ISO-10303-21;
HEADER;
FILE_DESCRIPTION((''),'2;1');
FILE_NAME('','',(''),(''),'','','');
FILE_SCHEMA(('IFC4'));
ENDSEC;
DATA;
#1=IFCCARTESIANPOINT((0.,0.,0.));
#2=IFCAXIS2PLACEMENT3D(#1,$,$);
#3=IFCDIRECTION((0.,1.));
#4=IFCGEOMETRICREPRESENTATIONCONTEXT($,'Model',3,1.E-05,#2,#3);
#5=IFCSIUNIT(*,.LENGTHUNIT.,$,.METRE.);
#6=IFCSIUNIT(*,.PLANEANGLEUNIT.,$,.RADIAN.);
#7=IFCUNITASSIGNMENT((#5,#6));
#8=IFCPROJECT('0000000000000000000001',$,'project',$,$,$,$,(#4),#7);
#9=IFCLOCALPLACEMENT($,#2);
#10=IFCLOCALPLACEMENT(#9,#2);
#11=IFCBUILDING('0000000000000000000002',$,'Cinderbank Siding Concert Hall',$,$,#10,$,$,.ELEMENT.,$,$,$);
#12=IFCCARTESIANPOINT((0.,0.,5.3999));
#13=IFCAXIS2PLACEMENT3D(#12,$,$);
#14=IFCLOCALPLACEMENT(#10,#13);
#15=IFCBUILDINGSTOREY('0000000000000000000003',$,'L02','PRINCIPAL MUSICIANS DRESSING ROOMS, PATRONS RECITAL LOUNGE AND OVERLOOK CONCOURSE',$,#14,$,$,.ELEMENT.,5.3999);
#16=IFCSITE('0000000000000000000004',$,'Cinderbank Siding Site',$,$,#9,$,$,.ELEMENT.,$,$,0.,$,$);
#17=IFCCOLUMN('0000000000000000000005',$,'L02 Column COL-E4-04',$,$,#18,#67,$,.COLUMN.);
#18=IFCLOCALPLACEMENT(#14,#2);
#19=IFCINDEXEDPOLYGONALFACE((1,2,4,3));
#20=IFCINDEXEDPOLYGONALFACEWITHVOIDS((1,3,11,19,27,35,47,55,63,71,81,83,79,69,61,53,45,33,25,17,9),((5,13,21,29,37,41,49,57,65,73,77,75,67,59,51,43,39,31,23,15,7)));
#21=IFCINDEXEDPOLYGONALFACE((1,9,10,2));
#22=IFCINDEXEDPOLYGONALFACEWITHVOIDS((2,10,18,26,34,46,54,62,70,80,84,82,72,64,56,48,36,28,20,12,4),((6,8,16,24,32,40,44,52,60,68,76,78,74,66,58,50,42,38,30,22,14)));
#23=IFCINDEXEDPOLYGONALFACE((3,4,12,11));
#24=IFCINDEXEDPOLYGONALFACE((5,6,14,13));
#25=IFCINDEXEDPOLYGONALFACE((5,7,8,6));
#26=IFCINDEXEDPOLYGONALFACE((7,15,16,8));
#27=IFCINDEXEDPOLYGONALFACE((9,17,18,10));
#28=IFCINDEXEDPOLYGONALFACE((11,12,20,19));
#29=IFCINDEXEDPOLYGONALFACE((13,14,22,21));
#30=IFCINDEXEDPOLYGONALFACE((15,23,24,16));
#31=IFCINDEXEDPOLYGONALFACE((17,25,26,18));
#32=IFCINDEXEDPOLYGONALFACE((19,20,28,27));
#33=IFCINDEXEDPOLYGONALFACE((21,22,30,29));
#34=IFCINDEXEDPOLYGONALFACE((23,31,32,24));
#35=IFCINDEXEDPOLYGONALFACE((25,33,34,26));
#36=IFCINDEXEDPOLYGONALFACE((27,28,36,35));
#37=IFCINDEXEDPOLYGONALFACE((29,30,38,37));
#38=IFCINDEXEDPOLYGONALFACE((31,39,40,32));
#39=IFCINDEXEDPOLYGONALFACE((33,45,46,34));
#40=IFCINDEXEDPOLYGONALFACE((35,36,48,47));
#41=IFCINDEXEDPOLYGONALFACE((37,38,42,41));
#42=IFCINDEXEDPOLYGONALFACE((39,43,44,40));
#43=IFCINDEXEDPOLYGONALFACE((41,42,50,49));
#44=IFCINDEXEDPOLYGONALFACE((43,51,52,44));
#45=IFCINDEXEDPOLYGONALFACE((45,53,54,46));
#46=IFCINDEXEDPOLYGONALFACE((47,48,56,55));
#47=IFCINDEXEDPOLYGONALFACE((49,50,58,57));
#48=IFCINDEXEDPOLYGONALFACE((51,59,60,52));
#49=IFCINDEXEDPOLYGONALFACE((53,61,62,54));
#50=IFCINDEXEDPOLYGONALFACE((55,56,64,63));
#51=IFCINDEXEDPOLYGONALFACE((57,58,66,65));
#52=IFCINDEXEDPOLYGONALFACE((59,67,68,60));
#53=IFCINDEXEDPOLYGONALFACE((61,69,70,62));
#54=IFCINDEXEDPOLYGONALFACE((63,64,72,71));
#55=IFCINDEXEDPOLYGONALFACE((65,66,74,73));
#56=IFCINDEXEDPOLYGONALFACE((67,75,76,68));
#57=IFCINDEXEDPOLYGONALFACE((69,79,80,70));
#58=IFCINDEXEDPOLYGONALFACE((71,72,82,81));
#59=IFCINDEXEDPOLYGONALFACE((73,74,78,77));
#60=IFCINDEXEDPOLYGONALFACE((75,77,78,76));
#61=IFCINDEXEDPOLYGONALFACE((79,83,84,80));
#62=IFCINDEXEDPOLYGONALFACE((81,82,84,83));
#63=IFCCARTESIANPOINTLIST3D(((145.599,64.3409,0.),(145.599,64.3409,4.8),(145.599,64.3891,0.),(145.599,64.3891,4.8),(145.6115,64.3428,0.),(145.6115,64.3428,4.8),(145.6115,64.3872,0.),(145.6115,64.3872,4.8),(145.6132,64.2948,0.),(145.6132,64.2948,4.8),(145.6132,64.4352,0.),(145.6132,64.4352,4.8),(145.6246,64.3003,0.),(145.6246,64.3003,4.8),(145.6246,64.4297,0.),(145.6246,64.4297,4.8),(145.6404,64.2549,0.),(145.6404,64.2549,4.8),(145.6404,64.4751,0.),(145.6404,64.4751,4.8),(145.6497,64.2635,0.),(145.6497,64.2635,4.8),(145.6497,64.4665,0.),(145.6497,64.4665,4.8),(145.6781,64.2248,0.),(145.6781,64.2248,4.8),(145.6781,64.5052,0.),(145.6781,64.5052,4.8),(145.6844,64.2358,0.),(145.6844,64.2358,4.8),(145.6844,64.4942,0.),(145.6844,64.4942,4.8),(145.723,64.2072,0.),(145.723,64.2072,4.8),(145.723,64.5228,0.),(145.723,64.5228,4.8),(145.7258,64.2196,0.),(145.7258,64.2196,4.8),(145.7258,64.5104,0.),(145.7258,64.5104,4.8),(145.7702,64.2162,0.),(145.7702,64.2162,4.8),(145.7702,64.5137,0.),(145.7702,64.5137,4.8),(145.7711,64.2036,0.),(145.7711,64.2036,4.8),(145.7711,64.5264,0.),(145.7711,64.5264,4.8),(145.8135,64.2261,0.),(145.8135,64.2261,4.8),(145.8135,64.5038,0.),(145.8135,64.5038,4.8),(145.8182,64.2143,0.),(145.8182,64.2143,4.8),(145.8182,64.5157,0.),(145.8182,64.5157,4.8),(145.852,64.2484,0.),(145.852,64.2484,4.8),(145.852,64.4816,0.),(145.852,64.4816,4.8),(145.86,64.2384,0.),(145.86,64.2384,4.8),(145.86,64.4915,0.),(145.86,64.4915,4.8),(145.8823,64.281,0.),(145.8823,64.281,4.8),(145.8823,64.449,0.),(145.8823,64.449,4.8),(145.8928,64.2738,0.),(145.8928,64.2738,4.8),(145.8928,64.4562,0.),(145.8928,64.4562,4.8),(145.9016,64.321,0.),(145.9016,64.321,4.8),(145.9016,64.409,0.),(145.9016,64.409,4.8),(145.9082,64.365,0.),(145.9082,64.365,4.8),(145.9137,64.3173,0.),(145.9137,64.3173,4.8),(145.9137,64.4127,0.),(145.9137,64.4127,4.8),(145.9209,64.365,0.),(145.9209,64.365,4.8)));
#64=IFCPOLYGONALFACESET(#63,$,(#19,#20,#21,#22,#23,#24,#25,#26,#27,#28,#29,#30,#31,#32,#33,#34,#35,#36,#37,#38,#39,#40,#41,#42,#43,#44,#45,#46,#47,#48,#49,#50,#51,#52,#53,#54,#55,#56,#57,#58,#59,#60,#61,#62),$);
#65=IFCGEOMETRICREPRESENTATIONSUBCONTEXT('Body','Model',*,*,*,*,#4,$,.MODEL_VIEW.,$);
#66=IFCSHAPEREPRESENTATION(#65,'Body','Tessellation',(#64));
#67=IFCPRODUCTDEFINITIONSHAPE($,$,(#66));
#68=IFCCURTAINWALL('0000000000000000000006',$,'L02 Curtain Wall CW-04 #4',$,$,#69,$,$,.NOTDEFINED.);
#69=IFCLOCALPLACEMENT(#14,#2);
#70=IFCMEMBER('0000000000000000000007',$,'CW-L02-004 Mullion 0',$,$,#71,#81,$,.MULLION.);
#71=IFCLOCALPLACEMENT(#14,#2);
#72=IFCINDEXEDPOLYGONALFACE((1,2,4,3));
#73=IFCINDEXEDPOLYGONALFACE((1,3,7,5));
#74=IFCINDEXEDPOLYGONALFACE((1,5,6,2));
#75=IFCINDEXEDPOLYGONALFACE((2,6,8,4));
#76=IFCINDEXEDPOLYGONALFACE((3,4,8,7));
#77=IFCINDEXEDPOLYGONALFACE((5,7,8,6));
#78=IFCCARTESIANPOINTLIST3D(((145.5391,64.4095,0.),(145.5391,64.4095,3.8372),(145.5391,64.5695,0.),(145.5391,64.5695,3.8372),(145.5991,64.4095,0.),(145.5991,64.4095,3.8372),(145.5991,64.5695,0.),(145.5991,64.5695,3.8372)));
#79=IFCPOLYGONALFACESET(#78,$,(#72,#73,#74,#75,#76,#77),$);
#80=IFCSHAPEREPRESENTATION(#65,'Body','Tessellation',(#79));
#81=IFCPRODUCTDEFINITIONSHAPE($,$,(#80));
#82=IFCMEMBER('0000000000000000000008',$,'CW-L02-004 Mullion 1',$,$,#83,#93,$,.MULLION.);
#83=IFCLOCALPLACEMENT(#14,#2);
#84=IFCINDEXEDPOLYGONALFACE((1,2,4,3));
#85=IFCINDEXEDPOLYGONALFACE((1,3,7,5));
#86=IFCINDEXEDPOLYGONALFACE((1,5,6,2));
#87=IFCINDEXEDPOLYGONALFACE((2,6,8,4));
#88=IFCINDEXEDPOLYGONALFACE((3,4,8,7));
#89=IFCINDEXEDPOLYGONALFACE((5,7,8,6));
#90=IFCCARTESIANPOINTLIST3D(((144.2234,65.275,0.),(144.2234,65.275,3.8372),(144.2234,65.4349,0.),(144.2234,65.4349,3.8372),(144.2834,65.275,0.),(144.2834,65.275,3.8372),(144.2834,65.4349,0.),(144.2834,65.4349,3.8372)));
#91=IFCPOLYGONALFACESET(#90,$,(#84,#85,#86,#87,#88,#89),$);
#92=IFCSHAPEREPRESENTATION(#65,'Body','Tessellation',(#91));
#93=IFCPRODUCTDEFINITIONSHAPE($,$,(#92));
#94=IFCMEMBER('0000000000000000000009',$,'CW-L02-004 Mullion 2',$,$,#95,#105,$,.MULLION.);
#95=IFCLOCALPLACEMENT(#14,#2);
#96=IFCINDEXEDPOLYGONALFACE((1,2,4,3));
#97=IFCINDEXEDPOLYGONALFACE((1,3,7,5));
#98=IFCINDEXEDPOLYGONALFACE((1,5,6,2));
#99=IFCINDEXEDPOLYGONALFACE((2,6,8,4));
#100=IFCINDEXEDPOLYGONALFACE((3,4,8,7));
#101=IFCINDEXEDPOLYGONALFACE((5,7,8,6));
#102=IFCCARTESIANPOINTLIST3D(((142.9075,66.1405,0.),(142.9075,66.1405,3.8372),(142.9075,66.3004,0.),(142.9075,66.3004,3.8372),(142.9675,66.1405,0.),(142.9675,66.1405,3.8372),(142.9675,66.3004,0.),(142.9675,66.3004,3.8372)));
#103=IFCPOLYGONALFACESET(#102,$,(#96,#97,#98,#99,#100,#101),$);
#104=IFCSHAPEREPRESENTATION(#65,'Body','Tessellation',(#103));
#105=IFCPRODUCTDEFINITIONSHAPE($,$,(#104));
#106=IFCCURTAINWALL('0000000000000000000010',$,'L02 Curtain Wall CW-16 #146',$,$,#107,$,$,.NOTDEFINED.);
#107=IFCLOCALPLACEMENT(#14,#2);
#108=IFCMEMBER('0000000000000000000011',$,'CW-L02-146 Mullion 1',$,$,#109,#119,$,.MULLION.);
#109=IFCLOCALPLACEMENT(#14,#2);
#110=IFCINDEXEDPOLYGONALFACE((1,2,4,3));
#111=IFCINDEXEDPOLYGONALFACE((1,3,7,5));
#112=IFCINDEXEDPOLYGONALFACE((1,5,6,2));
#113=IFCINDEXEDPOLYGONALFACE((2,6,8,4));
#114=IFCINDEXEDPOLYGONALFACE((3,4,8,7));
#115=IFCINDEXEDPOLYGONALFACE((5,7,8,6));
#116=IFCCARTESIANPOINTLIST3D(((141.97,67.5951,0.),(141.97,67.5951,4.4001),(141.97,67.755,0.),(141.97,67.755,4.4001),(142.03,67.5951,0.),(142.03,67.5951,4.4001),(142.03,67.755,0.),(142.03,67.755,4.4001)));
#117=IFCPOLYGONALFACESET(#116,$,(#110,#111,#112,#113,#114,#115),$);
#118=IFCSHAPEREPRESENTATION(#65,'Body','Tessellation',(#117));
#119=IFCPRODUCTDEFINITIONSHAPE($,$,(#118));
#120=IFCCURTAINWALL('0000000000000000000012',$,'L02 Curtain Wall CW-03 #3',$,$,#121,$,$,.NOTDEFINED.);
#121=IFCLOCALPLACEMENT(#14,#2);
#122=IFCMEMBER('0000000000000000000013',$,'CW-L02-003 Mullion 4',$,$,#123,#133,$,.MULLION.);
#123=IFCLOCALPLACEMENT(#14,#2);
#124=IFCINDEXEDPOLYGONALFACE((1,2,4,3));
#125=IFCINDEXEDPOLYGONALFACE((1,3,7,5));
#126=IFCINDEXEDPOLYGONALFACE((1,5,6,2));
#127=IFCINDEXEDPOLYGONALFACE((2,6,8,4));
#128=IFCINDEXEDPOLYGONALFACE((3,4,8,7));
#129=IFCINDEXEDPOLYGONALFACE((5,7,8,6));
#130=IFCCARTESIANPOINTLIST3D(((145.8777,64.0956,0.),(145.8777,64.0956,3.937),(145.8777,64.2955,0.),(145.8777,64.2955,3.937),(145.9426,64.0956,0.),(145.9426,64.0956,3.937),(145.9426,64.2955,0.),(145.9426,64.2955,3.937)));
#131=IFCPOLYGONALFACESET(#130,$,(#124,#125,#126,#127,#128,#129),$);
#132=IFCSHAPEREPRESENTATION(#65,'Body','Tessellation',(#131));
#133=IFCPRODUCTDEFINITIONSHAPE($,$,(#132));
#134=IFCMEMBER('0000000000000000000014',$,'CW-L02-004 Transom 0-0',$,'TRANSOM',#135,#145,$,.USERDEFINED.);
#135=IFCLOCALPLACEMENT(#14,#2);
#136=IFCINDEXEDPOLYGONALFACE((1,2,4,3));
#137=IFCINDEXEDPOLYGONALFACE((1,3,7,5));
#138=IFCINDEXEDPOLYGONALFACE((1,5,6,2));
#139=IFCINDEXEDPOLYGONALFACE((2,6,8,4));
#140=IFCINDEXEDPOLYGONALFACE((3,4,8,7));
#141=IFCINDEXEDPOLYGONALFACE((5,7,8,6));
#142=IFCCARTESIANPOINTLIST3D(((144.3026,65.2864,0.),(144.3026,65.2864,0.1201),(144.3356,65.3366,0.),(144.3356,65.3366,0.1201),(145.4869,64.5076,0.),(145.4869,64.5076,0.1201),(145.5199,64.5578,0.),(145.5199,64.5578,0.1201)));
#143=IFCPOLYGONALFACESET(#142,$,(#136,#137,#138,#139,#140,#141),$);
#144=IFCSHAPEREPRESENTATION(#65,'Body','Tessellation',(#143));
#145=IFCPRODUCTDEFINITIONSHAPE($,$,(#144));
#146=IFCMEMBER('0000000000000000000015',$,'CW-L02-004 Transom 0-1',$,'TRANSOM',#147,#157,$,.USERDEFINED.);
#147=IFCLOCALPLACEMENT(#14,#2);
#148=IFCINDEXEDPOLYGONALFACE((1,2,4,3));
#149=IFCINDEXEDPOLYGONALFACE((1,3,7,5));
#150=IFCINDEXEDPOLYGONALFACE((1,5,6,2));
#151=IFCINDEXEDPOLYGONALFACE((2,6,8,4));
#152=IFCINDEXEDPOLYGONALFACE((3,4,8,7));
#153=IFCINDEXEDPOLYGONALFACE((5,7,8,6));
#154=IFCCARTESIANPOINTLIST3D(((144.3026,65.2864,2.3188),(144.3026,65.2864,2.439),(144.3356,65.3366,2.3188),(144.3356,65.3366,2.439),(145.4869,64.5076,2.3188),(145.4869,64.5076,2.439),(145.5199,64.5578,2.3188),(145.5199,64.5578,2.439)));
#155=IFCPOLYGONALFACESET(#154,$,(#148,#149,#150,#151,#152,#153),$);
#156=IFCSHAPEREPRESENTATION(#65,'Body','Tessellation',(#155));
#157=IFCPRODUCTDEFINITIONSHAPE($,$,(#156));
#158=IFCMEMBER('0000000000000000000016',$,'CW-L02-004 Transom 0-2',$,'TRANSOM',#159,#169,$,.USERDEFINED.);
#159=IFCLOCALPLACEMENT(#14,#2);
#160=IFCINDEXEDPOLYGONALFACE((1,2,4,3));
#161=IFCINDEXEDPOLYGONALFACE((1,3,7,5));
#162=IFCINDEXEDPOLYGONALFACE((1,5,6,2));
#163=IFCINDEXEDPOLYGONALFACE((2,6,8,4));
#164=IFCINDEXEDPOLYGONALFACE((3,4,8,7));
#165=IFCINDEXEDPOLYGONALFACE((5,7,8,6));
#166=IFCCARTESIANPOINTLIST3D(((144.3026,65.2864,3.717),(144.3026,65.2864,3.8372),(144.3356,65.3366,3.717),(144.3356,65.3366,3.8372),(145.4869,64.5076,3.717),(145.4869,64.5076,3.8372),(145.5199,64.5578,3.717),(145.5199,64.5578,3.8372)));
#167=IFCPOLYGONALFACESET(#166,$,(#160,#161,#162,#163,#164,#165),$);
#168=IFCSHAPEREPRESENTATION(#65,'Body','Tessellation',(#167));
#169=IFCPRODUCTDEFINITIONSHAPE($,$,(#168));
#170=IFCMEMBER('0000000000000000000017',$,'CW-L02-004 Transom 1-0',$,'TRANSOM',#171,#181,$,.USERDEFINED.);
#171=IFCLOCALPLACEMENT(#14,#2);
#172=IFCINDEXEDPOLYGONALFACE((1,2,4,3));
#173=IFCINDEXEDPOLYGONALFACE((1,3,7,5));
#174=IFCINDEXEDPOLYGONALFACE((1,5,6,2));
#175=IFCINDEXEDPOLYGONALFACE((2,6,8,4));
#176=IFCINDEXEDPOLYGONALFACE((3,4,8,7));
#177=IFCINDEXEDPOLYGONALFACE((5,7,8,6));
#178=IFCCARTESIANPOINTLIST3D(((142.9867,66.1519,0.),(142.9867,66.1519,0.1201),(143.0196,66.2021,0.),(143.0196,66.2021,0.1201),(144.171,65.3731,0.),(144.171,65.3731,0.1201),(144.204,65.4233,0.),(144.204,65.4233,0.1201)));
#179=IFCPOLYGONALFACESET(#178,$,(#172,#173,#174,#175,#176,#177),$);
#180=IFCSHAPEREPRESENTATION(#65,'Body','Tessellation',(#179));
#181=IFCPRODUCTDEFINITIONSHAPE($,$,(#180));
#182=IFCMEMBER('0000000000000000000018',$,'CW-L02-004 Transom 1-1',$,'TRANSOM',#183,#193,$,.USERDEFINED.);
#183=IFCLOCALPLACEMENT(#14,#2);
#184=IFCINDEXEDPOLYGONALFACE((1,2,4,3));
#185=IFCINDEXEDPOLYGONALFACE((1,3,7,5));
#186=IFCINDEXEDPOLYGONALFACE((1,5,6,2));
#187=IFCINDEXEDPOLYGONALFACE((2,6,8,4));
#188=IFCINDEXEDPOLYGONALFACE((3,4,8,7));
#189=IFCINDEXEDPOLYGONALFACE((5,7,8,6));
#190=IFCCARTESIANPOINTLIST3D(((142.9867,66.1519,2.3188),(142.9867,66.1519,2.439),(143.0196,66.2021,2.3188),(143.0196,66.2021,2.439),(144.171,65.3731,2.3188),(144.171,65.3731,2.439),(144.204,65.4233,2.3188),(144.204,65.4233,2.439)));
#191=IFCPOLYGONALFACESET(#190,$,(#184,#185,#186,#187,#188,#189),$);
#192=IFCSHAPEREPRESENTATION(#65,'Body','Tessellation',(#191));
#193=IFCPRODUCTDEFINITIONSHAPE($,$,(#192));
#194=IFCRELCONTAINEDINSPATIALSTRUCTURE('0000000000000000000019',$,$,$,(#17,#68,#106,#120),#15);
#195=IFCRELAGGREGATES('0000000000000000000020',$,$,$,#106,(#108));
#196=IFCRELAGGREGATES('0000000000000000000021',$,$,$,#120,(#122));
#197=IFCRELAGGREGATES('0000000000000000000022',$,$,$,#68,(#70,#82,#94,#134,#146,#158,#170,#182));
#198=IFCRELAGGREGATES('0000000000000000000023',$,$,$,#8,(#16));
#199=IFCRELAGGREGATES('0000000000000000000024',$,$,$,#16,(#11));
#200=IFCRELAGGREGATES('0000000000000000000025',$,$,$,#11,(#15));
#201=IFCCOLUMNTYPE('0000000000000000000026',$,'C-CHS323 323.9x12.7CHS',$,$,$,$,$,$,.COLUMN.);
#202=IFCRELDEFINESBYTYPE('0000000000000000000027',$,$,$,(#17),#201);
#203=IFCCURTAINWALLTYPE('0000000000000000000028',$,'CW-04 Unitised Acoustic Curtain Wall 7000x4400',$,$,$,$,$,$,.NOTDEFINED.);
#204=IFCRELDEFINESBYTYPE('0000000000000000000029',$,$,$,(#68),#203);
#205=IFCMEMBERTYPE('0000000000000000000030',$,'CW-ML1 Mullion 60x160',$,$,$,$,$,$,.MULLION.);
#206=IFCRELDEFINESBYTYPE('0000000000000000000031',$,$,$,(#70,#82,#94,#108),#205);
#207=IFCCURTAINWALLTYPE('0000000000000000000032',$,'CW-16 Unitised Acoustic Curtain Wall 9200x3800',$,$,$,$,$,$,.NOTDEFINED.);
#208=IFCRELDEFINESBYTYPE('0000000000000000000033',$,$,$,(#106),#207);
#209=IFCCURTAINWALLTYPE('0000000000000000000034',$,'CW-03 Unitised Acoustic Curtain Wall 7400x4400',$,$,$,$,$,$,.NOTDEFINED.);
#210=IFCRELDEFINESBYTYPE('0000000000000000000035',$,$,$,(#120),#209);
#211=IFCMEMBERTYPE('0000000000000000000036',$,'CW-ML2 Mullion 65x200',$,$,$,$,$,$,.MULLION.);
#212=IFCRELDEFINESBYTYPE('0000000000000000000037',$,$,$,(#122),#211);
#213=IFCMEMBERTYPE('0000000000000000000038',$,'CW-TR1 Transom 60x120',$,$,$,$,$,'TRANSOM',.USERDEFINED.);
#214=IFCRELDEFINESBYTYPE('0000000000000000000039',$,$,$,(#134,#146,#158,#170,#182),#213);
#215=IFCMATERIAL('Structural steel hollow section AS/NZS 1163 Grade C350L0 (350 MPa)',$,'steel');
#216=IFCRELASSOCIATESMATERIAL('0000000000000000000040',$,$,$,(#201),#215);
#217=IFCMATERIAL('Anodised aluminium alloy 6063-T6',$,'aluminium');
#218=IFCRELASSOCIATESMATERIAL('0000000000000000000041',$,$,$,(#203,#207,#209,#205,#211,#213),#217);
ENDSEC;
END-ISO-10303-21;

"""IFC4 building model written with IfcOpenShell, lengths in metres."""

from ifc_helpers import new_model, si_unit, direction, frame, origin, origin_2d, place, context, subcontext, project, spatial, rectangle, hollow_circle, extrude, material, material_profile, profile_set, type_object, element, aggregate, save


model = new_model("IFC4")

# Units and contexts
model_context = context("Model", 3, precision=1e-05, world=origin(), true_north=direction((0.0, 1.0)))
body_context = subcontext(model_context, "Body", "Model", "MODEL_VIEW")
ifc_project = project(units=[si_unit("LENGTHUNIT", "METRE"), si_unit("PLANEANGLEUNIT", "RADIAN")], contexts=[model_context])

# Site, building, storey
site_placement = place(None, origin())
site = spatial("IfcSite", under=ifc_project, at=site_placement, Name="Cinderbank Siding Site", CompositionType="ELEMENT", RefElevation=0.0)
building_placement = place(site_placement, origin())
building = spatial("IfcBuilding", under=site, at=building_placement, Name="Cinderbank Siding Concert Hall", CompositionType="ELEMENT")
storey_placement = place(building_placement, frame((0.0, 0.0, 5.3999)))
storey = spatial("IfcBuildingStorey", under=building, at=storey_placement, Name="L02", Description="PRINCIPAL MUSICIANS DRESSING ROOMS, PATRONS RECITAL LOUNGE AND OVERLOOK CONCOURSE", CompositionType="ELEMENT", Elevation=5.3999)

# Column
ifc_material_1 = material(Name="Structural steel hollow section AS/NZS 1163 Grade C350L0 (350 MPa)", Category="steel")
ifc_material_profile_1 = material_profile(ifc_material_1, hollow_circle(Radius=0.1619, WallThickness=0.0127, at=origin_2d()), Name="323.9x12.7CHS", Category="LoadBearing")
ifc_profile_set_1 = profile_set([ifc_material_profile_1], Name="Structural steel hollow section AS/NZS 1163 Grade C350L0 (350 MPa)")
column_type = type_object("IfcColumnType", Name="C-CHS323 323.9x12.7CHS", PredefinedType="COLUMN", material=ifc_profile_set_1)
column_placement = place(storey_placement, frame((145.759, 64.365, 0.0), z_axis=(0.0, 0.0, 1.0), x_axis=(1.0, 0.0, 0.0)))
element("IfcColumn", 1, at=column_placement, inside=storey, type_object=column_type, Name="L02 Column COL-E4-04", PredefinedType="COLUMN", context=body_context, shape_type="SweptSolid", body=[
    extrude(hollow_circle(Radius=0.1619, WallThickness=0.0127, at=origin_2d()), origin(), (0.0, 0.0, 1.0), 4.8),
])

# Curtain wall, members
ifc_material_2 = material(Name="Anodised aluminium alloy 6063-T6", Category="aluminium")
curtain_wall_type_1 = type_object("IfcCurtainWallType", Name="CW-04 Unitised Acoustic Curtain Wall 7000x4400", PredefinedType="NOTDEFINED", material=ifc_material_2)
curtain_wall_1_placement = place(storey_placement, origin())
curtain_wall_1 = element("IfcCurtainWall", 2, at=curtain_wall_1_placement, inside=storey, type_object=curtain_wall_type_1, Name="L02 Curtain Wall CW-04 #4", PredefinedType="NOTDEFINED")
ifc_material_profile_2 = material_profile(ifc_material_2, rectangle(XDim=0.0601, YDim=0.1599, at=origin_2d()), Name="ALU-MULL-60x160", Category="LoadBearing")
ifc_profile_set_2 = profile_set([ifc_material_profile_2], Name="Anodised aluminium alloy 6063-T6")
member_type_1 = type_object("IfcMemberType", Name="CW-ML1 Mullion 60x160", PredefinedType="MULLION", material=ifc_profile_set_2)
member_1_placement = place(storey_placement, frame((145.5691, 64.4895, 0.0), z_axis=(0.0, 0.0, 1.0), x_axis=(1.0, 0.0, 0.0)))
member_1 = element("IfcMember", 3, at=member_1_placement, type_object=member_type_1, Name="CW-L02-004 Mullion 0", PredefinedType="MULLION", context=body_context, shape_type="SweptSolid", body=[
    extrude(rectangle(XDim=0.0601, YDim=0.1599, at=origin_2d()), origin(), (0.0, 0.0, 1.0), 3.8372),
])
member_2_placement = place(storey_placement, frame((144.2534, 65.355, 0.0), z_axis=(0.0, 0.0, 1.0), x_axis=(1.0, 0.0, 0.0)))
member_2 = element("IfcMember", 4, at=member_2_placement, type_object=member_type_1, Name="CW-L02-004 Mullion 1", PredefinedType="MULLION", context=body_context, shape_type="SweptSolid", body=[
    extrude(rectangle(XDim=0.0601, YDim=0.1599, at=origin_2d()), origin(), (0.0, 0.0, 1.0), 3.8372),
])
member_3_placement = place(storey_placement, frame((142.9375, 66.2205, 0.0), z_axis=(0.0, 0.0, 1.0), x_axis=(1.0, 0.0, 0.0)))
member_3 = element("IfcMember", 5, at=member_3_placement, type_object=member_type_1, Name="CW-L02-004 Mullion 2", PredefinedType="MULLION", context=body_context, shape_type="SweptSolid", body=[
    extrude(rectangle(XDim=0.0601, YDim=0.1599, at=origin_2d()), origin(), (0.0, 0.0, 1.0), 3.8372),
])

# Curtain walls, members
curtain_wall_type_2 = type_object("IfcCurtainWallType", Name="CW-16 Unitised Acoustic Curtain Wall 9200x3800", PredefinedType="NOTDEFINED", material=ifc_material_2)
curtain_wall_2_placement = place(storey_placement, origin())
curtain_wall_2 = element("IfcCurtainWall", 6, at=curtain_wall_2_placement, inside=storey, type_object=curtain_wall_type_2, Name="L02 Curtain Wall CW-16 #146", PredefinedType="NOTDEFINED")
member_4_placement = place(storey_placement, frame((142.0, 67.675, 0.0), z_axis=(0.0, 0.0, 1.0), x_axis=(1.0, 0.0, 0.0)))
member_4 = element("IfcMember", 7, at=member_4_placement, type_object=member_type_1, Name="CW-L02-146 Mullion 1", PredefinedType="MULLION", context=body_context, shape_type="SweptSolid", body=[
    extrude(rectangle(XDim=0.0601, YDim=0.1599, at=origin_2d()), origin(), (0.0, 0.0, 1.0), 4.4001),
])
curtain_wall_type_3 = type_object("IfcCurtainWallType", Name="CW-03 Unitised Acoustic Curtain Wall 7400x4400", PredefinedType="NOTDEFINED", material=ifc_material_2)
curtain_wall_3_placement = place(storey_placement, origin())
curtain_wall_3 = element("IfcCurtainWall", 8, at=curtain_wall_3_placement, inside=storey, type_object=curtain_wall_type_3, Name="L02 Curtain Wall CW-03 #3", PredefinedType="NOTDEFINED")
ifc_material_profile_3 = material_profile(ifc_material_2, rectangle(XDim=0.0649, YDim=0.2, at=origin_2d()), Name="ALU-MULL-65x200", Category="LoadBearing")
ifc_profile_set_3 = profile_set([ifc_material_profile_3], Name="Anodised aluminium alloy 6063-T6")
member_type_2 = type_object("IfcMemberType", Name="CW-ML2 Mullion 65x200", PredefinedType="MULLION", material=ifc_profile_set_3)
member_5_placement = place(storey_placement, frame((145.9102, 64.1956, 0.0), z_axis=(0.0, 0.0, 1.0), x_axis=(1.0, 0.0, 0.0)))
member_5 = element("IfcMember", 9, at=member_5_placement, type_object=member_type_2, Name="CW-L02-003 Mullion 4", PredefinedType="MULLION", context=body_context, shape_type="SweptSolid", body=[
    extrude(rectangle(XDim=0.0649, YDim=0.2, at=origin_2d()), origin(), (0.0, 0.0, 1.0), 3.937),
])

# Members
ifc_material_profile_4 = material_profile(ifc_material_2, rectangle(XDim=0.0601, YDim=0.1201, at=origin_2d()), Name="ALU-TRAN-60x120", Category="LoadBearing")
ifc_profile_set_4 = profile_set([ifc_material_profile_4], Name="Anodised aluminium alloy 6063-T6")
member_type_3 = type_object("IfcMemberType", Name="CW-TR1 Transom 60x120", ElementType="TRANSOM", PredefinedType="USERDEFINED", material=ifc_profile_set_4)
member_6_placement = place(storey_placement, frame((145.5034, 64.5327, 0.0601), z_axis=(-0.835532, 0.549443, 0.0), x_axis=(-0.549443, -0.835532, 0.0)))
member_6 = element("IfcMember", 10, at=member_6_placement, type_object=member_type_3, Name="CW-L02-004 Transom 0-0", ObjectType="TRANSOM", PredefinedType="USERDEFINED", context=body_context, shape_type="SweptSolid", body=[
    extrude(rectangle(XDim=0.0601, YDim=0.1201, at=origin_2d()), origin(), (0.0, 0.0, 1.0), 1.4175),
])
member_7_placement = place(storey_placement, frame((145.5034, 64.5327, 2.3789), z_axis=(-0.835532, 0.549443, 0.0), x_axis=(-0.549443, -0.835532, 0.0)))
member_7 = element("IfcMember", 11, at=member_7_placement, type_object=member_type_3, Name="CW-L02-004 Transom 0-1", ObjectType="TRANSOM", PredefinedType="USERDEFINED", context=body_context, shape_type="SweptSolid", body=[
    extrude(rectangle(XDim=0.0601, YDim=0.1201, at=origin_2d()), origin(), (0.0, 0.0, 1.0), 1.4175),
])
member_8_placement = place(storey_placement, frame((145.5034, 64.5327, 3.7771), z_axis=(-0.835532, 0.549443, 0.0), x_axis=(-0.549443, -0.835532, 0.0)))
member_8 = element("IfcMember", 12, at=member_8_placement, type_object=member_type_3, Name="CW-L02-004 Transom 0-2", ObjectType="TRANSOM", PredefinedType="USERDEFINED", context=body_context, shape_type="SweptSolid", body=[
    extrude(rectangle(XDim=0.0601, YDim=0.1201, at=origin_2d()), origin(), (0.0, 0.0, 1.0), 1.4175),
])
member_9_placement = place(storey_placement, frame((144.1875, 65.3982, 0.0601), z_axis=(-0.835532, 0.549443, 0.0), x_axis=(-0.549443, -0.835532, 0.0)))
member_9 = element("IfcMember", 13, at=member_9_placement, type_object=member_type_3, Name="CW-L02-004 Transom 1-0", ObjectType="TRANSOM", PredefinedType="USERDEFINED", context=body_context, shape_type="SweptSolid", body=[
    extrude(rectangle(XDim=0.0601, YDim=0.1201, at=origin_2d()), origin(), (0.0, 0.0, 1.0), 1.4175),
])
member_10_placement = place(storey_placement, frame((144.1875, 65.3982, 2.3789), z_axis=(-0.835532, 0.549443, 0.0), x_axis=(-0.549443, -0.835532, 0.0)))
member_10 = element("IfcMember", 14, at=member_10_placement, type_object=member_type_3, Name="CW-L02-004 Transom 1-1", ObjectType="TRANSOM", PredefinedType="USERDEFINED", context=body_context, shape_type="SweptSolid", body=[
    extrude(rectangle(XDim=0.0601, YDim=0.1201, at=origin_2d()), origin(), (0.0, 0.0, 1.0), 1.4175),
])

aggregate(curtain_wall_2, [member_4])
aggregate(curtain_wall_3, [member_5])
aggregate(curtain_wall_1, [member_1, member_2, member_3, member_6, member_7, member_8, member_9, member_10])

save(model, "model.ifc")
